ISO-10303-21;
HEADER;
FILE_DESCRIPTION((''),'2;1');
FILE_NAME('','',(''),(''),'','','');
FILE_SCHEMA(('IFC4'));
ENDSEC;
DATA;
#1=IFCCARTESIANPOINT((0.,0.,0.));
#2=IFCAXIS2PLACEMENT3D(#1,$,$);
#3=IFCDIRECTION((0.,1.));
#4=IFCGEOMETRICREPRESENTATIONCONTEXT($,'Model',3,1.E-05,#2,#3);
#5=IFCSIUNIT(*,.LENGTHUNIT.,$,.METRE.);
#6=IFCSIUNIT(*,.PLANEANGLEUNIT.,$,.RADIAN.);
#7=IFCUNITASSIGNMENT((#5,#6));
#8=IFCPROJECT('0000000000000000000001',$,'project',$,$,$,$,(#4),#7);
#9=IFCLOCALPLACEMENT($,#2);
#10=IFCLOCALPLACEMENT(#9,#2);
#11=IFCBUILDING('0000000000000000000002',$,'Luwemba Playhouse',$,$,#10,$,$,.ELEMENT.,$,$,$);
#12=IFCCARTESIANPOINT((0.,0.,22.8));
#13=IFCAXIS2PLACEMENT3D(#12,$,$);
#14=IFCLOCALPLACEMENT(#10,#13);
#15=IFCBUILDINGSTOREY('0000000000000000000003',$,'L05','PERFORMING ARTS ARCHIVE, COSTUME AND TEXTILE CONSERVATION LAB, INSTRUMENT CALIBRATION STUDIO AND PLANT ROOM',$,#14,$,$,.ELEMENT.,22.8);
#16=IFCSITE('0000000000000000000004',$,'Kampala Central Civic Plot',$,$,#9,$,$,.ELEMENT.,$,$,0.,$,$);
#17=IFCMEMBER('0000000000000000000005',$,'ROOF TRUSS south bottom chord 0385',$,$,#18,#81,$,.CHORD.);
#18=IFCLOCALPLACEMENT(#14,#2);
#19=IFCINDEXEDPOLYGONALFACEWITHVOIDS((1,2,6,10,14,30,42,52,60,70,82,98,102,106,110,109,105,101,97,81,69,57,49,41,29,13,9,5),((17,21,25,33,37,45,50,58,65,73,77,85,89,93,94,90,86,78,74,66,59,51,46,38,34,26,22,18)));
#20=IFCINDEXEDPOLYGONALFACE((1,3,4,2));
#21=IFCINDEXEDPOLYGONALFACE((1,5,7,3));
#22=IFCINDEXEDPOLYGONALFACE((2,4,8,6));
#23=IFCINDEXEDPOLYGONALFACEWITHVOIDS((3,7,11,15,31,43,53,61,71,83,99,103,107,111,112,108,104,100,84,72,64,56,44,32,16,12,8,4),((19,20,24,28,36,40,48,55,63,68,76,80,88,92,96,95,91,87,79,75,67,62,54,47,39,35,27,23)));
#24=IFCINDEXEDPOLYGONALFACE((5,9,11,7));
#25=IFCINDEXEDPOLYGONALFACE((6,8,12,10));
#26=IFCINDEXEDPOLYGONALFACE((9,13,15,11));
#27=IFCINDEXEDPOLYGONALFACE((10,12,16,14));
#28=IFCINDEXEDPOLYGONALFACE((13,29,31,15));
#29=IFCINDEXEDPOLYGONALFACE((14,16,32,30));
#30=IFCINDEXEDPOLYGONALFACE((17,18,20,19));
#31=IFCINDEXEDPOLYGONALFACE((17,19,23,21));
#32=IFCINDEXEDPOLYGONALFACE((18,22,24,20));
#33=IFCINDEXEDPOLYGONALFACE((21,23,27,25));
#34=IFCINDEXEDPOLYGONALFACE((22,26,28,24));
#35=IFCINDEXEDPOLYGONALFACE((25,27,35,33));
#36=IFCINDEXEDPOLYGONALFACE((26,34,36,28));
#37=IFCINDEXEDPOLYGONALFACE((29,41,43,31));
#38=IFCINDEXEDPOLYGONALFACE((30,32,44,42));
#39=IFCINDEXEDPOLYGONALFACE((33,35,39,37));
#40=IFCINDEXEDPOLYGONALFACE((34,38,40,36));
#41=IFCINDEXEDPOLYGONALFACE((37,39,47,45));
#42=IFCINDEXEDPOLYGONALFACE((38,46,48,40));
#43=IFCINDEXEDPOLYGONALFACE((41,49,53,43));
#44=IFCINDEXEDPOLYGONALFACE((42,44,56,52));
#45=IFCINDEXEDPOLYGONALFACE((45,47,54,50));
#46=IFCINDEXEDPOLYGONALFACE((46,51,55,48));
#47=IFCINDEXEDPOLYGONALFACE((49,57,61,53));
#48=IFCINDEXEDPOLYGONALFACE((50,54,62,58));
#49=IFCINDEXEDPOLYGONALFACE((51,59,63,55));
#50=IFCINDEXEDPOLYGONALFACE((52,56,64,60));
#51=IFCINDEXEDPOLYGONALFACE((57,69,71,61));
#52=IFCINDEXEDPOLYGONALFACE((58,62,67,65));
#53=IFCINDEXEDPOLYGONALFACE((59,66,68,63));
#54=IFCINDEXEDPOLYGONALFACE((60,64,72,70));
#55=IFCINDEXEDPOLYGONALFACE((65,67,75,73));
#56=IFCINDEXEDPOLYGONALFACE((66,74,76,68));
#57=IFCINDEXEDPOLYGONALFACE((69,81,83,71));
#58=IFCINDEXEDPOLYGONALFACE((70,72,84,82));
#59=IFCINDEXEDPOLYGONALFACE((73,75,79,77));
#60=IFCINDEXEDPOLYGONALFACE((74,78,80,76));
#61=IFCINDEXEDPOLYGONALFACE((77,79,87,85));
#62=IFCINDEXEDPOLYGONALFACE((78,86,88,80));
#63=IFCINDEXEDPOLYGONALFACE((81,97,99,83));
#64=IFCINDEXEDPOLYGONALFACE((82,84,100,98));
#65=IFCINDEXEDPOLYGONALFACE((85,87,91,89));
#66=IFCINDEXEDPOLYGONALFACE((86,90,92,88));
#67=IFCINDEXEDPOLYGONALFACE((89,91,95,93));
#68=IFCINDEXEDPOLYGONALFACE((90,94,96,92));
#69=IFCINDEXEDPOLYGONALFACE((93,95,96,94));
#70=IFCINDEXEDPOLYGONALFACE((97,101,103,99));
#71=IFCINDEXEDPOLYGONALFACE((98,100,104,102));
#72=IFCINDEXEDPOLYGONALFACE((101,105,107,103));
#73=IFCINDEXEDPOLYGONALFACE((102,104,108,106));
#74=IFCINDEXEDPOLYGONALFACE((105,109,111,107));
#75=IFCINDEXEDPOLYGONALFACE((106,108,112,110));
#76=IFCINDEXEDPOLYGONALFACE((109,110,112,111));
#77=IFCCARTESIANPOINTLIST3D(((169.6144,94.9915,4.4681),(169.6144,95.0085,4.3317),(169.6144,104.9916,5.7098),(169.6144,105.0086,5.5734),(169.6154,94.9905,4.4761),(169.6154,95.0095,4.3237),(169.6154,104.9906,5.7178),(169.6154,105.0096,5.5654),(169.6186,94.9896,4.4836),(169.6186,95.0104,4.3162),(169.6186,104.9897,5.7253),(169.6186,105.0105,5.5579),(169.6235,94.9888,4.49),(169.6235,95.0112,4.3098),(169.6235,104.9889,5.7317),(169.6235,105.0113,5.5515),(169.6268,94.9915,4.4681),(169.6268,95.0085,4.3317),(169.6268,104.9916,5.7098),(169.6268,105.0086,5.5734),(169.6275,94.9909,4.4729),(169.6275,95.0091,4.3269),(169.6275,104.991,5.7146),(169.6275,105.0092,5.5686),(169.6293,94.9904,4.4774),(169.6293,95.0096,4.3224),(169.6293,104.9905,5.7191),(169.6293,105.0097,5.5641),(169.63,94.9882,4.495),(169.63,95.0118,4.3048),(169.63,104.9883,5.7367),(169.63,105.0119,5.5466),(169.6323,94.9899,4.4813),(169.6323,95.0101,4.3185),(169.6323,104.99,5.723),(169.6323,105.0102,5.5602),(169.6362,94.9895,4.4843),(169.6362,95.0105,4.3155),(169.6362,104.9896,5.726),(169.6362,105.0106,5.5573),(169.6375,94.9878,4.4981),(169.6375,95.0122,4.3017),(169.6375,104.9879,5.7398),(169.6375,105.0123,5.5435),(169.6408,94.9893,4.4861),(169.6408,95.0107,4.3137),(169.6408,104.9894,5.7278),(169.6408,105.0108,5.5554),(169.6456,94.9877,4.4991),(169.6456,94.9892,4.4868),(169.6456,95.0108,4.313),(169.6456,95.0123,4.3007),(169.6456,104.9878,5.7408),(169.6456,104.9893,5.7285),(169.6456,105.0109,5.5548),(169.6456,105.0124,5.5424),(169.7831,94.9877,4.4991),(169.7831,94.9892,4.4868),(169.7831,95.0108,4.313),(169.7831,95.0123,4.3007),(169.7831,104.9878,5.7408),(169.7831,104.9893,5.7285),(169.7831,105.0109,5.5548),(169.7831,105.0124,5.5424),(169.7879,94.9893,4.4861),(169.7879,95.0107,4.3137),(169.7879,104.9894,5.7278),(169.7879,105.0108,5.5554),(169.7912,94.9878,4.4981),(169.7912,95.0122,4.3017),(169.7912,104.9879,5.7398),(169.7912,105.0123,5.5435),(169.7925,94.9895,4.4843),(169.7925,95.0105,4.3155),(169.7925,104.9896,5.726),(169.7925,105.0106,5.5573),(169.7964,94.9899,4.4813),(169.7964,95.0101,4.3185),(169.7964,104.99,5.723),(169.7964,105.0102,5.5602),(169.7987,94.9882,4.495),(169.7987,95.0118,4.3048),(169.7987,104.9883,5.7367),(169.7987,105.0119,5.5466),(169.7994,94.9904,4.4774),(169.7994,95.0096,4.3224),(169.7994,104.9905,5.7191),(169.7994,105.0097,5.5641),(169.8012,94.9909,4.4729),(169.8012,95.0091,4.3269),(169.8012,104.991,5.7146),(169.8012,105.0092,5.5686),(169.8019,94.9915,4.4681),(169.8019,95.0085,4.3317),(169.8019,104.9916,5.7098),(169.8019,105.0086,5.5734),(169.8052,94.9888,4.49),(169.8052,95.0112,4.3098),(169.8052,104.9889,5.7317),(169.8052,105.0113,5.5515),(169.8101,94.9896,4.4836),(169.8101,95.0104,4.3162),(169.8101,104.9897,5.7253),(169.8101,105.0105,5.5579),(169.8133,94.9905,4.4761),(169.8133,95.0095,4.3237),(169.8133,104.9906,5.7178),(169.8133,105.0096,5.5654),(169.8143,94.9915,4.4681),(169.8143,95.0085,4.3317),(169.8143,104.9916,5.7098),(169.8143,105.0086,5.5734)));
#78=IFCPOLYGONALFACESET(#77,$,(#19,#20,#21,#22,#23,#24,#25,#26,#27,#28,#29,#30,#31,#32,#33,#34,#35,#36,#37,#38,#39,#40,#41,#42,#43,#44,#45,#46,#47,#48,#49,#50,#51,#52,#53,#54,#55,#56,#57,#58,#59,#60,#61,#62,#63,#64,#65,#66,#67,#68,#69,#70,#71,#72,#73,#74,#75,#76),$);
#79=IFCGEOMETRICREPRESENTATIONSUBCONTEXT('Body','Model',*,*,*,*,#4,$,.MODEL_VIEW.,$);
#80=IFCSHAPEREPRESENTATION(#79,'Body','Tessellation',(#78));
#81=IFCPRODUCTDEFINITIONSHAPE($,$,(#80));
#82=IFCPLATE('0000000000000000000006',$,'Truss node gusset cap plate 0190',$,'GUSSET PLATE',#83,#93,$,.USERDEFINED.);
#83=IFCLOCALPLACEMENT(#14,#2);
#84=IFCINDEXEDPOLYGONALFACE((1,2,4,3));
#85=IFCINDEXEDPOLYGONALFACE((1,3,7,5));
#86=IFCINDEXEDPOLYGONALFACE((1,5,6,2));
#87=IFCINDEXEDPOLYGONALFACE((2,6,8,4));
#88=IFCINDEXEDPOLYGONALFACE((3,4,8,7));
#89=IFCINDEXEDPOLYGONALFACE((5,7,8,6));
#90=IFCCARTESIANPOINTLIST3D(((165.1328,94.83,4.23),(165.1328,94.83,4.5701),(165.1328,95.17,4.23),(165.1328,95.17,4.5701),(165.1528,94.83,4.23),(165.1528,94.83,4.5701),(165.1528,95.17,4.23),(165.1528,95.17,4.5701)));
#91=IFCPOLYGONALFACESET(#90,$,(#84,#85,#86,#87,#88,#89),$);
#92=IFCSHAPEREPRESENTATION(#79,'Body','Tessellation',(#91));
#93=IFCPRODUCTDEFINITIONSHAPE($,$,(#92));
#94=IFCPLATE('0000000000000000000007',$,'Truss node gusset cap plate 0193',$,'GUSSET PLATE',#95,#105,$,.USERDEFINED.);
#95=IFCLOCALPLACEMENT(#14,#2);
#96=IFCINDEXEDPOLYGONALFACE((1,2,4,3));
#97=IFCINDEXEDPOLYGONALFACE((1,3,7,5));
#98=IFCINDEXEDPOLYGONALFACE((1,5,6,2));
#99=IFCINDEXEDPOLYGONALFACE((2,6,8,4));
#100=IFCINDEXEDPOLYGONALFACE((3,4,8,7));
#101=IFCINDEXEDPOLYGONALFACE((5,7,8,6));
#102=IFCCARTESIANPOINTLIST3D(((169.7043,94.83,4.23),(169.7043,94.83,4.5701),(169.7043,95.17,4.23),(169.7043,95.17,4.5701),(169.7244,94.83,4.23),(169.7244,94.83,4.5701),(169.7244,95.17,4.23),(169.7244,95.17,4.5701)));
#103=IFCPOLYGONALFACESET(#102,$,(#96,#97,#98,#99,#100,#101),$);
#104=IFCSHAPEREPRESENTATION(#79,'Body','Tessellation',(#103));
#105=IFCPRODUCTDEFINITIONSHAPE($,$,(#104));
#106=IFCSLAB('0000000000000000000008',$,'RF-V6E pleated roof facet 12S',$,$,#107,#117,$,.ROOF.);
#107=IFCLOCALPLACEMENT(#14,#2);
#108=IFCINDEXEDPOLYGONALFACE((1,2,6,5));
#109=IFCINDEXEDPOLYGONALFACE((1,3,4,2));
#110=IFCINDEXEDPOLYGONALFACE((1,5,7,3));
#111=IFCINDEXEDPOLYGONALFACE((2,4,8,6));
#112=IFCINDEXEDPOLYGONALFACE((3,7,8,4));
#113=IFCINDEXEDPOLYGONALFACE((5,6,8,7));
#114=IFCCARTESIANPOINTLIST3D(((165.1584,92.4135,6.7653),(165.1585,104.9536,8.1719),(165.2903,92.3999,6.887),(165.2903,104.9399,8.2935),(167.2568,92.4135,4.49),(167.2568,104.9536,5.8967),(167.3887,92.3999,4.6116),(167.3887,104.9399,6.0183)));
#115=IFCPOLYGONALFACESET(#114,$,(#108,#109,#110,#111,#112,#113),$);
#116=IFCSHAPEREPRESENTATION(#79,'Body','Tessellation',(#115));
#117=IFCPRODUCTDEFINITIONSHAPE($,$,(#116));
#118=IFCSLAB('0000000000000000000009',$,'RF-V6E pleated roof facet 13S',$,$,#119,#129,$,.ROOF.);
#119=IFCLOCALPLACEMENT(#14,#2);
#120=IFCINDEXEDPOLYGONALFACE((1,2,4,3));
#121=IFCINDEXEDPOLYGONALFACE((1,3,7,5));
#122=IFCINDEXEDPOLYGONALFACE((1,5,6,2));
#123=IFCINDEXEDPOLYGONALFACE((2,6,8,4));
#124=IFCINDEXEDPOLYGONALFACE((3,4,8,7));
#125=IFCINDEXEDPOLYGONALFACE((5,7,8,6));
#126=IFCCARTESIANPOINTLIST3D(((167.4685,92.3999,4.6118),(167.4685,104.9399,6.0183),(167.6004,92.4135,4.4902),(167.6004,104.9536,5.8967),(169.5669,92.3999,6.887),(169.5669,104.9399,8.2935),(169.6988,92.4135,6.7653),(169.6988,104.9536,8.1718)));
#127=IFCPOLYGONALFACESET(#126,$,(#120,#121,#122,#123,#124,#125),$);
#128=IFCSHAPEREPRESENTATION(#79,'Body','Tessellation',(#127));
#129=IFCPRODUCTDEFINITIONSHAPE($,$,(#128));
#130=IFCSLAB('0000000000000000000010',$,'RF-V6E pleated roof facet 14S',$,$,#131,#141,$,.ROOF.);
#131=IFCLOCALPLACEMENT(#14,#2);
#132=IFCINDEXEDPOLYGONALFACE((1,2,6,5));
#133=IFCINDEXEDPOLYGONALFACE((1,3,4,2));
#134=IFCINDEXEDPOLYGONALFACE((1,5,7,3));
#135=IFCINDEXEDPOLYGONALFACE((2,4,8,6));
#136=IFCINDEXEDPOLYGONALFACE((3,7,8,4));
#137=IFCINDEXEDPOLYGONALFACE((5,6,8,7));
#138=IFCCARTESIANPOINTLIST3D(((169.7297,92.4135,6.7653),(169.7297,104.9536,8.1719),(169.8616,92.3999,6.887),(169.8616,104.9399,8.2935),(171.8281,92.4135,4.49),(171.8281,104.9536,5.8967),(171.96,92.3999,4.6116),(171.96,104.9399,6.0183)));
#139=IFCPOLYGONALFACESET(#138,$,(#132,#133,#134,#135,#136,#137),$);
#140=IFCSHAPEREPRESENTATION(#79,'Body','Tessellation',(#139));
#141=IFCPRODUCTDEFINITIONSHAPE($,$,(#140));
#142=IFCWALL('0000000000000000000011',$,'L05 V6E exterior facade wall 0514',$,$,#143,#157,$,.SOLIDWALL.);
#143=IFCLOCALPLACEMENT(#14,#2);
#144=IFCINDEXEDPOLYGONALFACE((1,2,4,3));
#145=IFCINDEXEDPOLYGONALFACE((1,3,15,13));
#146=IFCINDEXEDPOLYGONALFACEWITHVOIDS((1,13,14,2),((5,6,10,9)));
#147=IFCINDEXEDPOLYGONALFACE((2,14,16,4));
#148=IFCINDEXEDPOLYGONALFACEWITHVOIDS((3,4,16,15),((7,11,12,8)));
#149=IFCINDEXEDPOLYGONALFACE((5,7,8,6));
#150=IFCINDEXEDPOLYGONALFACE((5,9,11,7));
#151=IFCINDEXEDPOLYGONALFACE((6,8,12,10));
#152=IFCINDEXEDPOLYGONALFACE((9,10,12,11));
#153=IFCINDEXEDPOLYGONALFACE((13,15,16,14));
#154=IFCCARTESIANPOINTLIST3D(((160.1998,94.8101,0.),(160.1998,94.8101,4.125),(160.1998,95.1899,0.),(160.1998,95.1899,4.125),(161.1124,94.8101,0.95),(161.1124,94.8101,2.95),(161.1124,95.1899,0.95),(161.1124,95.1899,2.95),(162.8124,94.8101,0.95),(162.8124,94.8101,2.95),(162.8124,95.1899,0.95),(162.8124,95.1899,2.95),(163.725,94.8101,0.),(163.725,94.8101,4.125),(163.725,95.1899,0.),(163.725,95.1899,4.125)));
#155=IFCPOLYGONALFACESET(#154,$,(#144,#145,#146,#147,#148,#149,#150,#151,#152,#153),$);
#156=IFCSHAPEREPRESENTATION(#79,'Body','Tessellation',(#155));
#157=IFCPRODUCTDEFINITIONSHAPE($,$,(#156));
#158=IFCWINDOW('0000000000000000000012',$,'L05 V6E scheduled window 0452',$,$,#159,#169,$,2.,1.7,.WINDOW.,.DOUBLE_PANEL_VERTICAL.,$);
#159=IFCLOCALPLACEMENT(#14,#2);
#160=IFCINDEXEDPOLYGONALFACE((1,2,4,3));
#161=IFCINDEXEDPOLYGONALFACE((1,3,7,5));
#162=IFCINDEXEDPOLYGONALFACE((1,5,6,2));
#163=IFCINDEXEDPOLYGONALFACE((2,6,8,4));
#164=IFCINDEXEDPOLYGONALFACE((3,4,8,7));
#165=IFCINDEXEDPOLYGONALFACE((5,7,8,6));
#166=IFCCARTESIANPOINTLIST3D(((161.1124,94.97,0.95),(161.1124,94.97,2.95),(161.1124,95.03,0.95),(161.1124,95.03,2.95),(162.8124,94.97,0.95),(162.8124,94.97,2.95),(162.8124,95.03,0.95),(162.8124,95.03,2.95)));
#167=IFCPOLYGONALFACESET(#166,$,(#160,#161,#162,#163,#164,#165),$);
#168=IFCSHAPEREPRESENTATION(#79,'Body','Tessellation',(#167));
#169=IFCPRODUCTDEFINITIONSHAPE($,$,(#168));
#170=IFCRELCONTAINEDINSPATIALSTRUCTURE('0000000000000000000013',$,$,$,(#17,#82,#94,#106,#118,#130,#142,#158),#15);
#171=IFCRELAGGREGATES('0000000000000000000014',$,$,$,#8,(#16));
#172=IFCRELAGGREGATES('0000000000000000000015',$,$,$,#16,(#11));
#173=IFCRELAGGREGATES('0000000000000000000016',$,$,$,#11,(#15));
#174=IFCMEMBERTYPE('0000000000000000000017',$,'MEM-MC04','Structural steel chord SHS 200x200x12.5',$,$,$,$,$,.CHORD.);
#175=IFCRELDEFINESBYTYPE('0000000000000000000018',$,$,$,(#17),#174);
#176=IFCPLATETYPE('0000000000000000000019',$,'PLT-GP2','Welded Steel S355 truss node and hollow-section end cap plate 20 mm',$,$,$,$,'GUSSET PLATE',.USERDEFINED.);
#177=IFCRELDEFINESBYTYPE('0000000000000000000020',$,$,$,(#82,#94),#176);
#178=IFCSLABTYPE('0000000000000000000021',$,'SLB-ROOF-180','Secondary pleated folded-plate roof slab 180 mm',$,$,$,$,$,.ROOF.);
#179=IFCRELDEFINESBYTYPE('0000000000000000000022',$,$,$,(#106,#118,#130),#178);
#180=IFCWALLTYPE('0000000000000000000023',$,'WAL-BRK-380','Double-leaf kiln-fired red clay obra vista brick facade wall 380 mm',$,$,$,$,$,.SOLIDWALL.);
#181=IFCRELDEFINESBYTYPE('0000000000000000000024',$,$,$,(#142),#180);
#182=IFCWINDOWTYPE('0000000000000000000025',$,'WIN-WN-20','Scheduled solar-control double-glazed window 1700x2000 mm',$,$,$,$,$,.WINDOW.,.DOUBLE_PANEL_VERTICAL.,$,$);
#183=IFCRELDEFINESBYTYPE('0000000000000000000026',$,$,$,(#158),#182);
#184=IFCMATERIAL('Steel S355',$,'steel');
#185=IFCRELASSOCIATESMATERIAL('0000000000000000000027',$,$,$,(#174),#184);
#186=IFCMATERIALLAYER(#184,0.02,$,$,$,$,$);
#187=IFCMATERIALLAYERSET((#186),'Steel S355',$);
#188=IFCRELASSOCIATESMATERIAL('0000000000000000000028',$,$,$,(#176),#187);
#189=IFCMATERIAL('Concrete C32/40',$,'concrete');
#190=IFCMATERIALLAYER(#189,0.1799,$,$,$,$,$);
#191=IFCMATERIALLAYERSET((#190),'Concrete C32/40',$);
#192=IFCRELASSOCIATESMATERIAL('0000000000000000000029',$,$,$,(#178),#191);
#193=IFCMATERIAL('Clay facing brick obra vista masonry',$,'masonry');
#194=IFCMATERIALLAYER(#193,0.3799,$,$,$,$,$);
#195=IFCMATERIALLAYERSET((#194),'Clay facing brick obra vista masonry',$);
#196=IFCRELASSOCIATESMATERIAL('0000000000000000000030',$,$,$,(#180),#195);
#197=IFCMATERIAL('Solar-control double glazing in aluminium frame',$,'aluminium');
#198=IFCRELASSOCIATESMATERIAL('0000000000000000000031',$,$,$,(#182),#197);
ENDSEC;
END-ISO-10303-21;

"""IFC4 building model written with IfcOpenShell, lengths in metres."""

from ifc_helpers import new_model, si_unit, direction, frame, frame_2d, origin, origin_2d, place, context, subcontext, project, spatial, polyline, rectangle, hollow_rectangle, outline, extrude, material, layer, layer_set, material_profile, profile_set, type_object, element, fill, save


model = new_model("IFC4")

# Units and contexts
model_context = context("Model", 3, precision=1e-05, world=origin(), true_north=direction((0.0, 1.0)))
body_context = subcontext(model_context, "Body", "Model", "MODEL_VIEW")
ifc_project = project(units=[si_unit("LENGTHUNIT", "METRE"), si_unit("PLANEANGLEUNIT", "RADIAN")], contexts=[model_context])

# Site, building, storey
site_placement = place(None, origin())
site = spatial("IfcSite", under=ifc_project, at=site_placement, Name="Kampala Central Civic Plot", CompositionType="ELEMENT", RefElevation=0.0)
building_placement = place(site_placement, origin())
building = spatial("IfcBuilding", under=site, at=building_placement, Name="Luwemba Playhouse", CompositionType="ELEMENT")
storey_placement = place(building_placement, frame((0.0, 0.0, 22.8)))
storey = spatial("IfcBuildingStorey", under=building, at=storey_placement, Name="L05", Description="PERFORMING ARTS ARCHIVE, COSTUME AND TEXTILE CONSERVATION LAB, INSTRUMENT CALIBRATION STUDIO AND PLANT ROOM", CompositionType="ELEMENT", Elevation=22.8)

# Shared definitions
ifc_material_1 = material(Name="Steel S355", Category="steel")

# Member
ifc_material_profile_1 = material_profile(ifc_material_1, hollow_rectangle(XDim=0.2, YDim=0.2, WallThickness=0.0125, InnerFilletRadius=0.0188, OuterFilletRadius=0.0312, at=origin_2d()))
ifc_profile_set_1 = profile_set([ifc_material_profile_1], Name="Steel S355")
member_type_1 = type_object("IfcMemberType", Name="MEM-MC04", Description="Structural steel chord SHS 200x200x12.5", PredefinedType="CHORD", material=ifc_profile_set_1)
member_1_placement = place(storey_placement, frame((169.7144, 95.0, 4.3999), z_axis=(0.0, 0.992379, 0.123224), x_axis=(-1.0, 0.0, 0.0)))
element("IfcMember", 1, at=member_1_placement, inside=storey, type_object=member_type_1, Name="ROOF TRUSS south bottom chord 0385", PredefinedType="CHORD", context=body_context, shape_type="SweptSolid", body=[
    extrude(hollow_rectangle(XDim=0.2, YDim=0.2, WallThickness=0.0125, InnerFilletRadius=0.0188, OuterFilletRadius=0.0312, at=origin_2d()), origin(), (0.0, 0.0, 1.0), 10.0769),
])

# Plates
ifc_layer_1 = layer(ifc_material_1, 0.02)
ifc_layer_set_1 = layer_set([ifc_layer_1], Name="Steel S355")
plate_type = type_object("IfcPlateType", Name="PLT-GP2", Description="Welded Steel S355 truss node and hollow-section end cap plate 20 mm", ElementType="GUSSET PLATE", PredefinedType="USERDEFINED", material=ifc_layer_set_1)
for number, where, z_axis, x_axis, name in (
    (2, (165.1428, 95.0, 4.23), (0.0, 0.0, 1.0), (1.0, 0.0, 0.0), "Truss node gusset cap plate 0190"),
    (3, (169.7144, 95.0, 4.23), (0.0, 0.0, 1.0), (1.0, 0.0, 0.0), "Truss node gusset cap plate 0193"),
):
    element("IfcPlate", number, at=place(storey_placement, frame(where, z_axis=z_axis, x_axis=x_axis)), inside=storey, type_object=plate_type, Name=name, ObjectType="GUSSET PLATE", PredefinedType="USERDEFINED", context=body_context, shape_type="SweptSolid", body=[
        extrude(rectangle(XDim=0.02, YDim=0.3401, at=origin_2d()), origin(), (0.0, 0.0, 1.0), 0.3401),
    ])

# Slabs
ifc_material_2 = material(Name="Concrete C32/40", Category="concrete")
ifc_layer_2 = layer(ifc_material_2, 0.1799)
ifc_layer_set_2 = layer_set([ifc_layer_2], Name="Concrete C32/40")
slab_type = type_object("IfcSlabType", Name="SLB-ROOF-180", Description="Secondary pleated folded-plate roof slab 180 mm", PredefinedType="ROOF", material=ifc_layer_set_2)
slab_1_placement = place(storey_placement, frame((165.2903, 92.3999, 6.887), z_axis=(0.732986, -0.075827, 0.676004), x_axis=(0.677956, -0.000002, -0.735103)))
element("IfcSlab", 4, at=slab_1_placement, inside=storey, type_object=slab_type, Name="RF-V6E pleated roof facet 12S", PredefinedType="ROOF", context=body_context, shape_type="SweptSolid", body=[
    extrude(outline(polyline([(0.0, 0.0), (3.0953, 0.0), (2.0611, 12.5763), (-1.0339, 12.5762), (0.0, 0.0)])), origin(), (0.0, 0.0, -1.0), 0.1799),
])
slab_2_placement = place(storey_placement, frame((167.4685, 92.3999, 4.6118), z_axis=(-0.732969, -0.075823, 0.676024), x_axis=(0.677975, 0.0, 0.735085)))
element("IfcSlab", 5, at=slab_2_placement, inside=storey, type_object=slab_type, Name="RF-V6E pleated roof facet 13S", PredefinedType="ROOF", context=body_context, shape_type="SweptSolid", body=[
    extrude(outline(polyline([(0.0, 0.0), (3.0951, 0.0), (4.129, 12.5762), (1.0339, 12.5762), (0.0, 0.0)])), origin(), (0.0, 0.0, -1.0), 0.1799),
])
slab_3_placement = place(storey_placement, frame((169.8616, 92.3999, 6.887), z_axis=(0.732986, -0.075827, 0.676004), x_axis=(0.677956, -0.000002, -0.735103)))
element("IfcSlab", 6, at=slab_3_placement, inside=storey, type_object=slab_type, Name="RF-V6E pleated roof facet 14S", PredefinedType="ROOF", context=body_context, shape_type="SweptSolid", body=[
    extrude(outline(polyline([(0.0, 0.0), (3.0953, 0.0), (2.0611, 12.5763), (-1.0339, 12.5762), (0.0, 0.0)])), origin(), (0.0, 0.0, -1.0), 0.1799),
])

# Wall, opening, window
ifc_material_3 = material(Name="Clay facing brick obra vista masonry", Category="masonry")
ifc_layer_3 = layer(ifc_material_3, 0.3799)
ifc_layer_set_3 = layer_set([ifc_layer_3], Name="Clay facing brick obra vista masonry")
wall_type_1 = type_object("IfcWallType", Name="WAL-BRK-380", Description="Double-leaf kiln-fired red clay obra vista brick facade wall 380 mm", PredefinedType="SOLIDWALL", material=ifc_layer_set_3)
wall_1_placement = place(storey_placement, frame((163.7251, 95.0, 0.0), z_axis=(0.0, 0.0, 1.0), x_axis=(-1.0, 0.0, 0.0)))
wall_1 = element("IfcWall", 7, at=wall_1_placement, inside=storey, type_object=wall_type_1, Name="L05 V6E exterior facade wall 0514", PredefinedType="SOLIDWALL", context=body_context, shape_type="SweptSolid", body=[
    extrude(rectangle(XDim=3.5251, YDim=0.3799, at=frame_2d((1.7627, 0.0))), origin(), (0.0, 0.0, 1.0), 4.125),
])
opening_1_placement = place(wall_1_placement, frame((0.9126, 0.0, 0.95)))
opening_1 = element("IfcOpeningElement", 8, at=opening_1_placement, cuts=wall_1, PredefinedType="OPENING", context=body_context, shape_type="SweptSolid", body=[
    extrude(rectangle(XDim=1.7, YDim=2.0, at=frame_2d((0.8501, 1.0))), frame((0.0, 0.2, 0.0), z_axis=(0.0, -1.0, 0.0), x_axis=(1.0, 0.0, 0.0)), (0.0, 0.0, 1.0), 0.3999),
])
ifc_material_4 = material(Name="Solar-control double glazing in aluminium frame", Category="aluminium")
window_type_1 = type_object("IfcWindowType", Name="WIN-WN-20", Description="Scheduled solar-control double-glazed window 1700x2000 mm", PartitioningType="DOUBLE_PANEL_VERTICAL", PredefinedType="WINDOW", material=ifc_material_4)
window_1_placement = place(opening_1_placement, origin())
window_1 = element("IfcWindow", 9, at=window_1_placement, inside=storey, type_object=window_type_1, Name="L05 V6E scheduled window 0452", OverallHeight=2.0, OverallWidth=1.7, PartitioningType="DOUBLE_PANEL_VERTICAL", PredefinedType="WINDOW", context=body_context, shape_type="SweptSolid", body=[
    extrude(rectangle(XDim=1.7, YDim=2.0, at=frame_2d((0.8501, 1.0))), frame((0.0, 0.03, 0.0), z_axis=(0.0, -1.0, 0.0), x_axis=(1.0, 0.0, 0.0)), (0.0, 0.0, 1.0), 0.0601),
])
fill(opening_1, window_1)

save(model, "model.ifc")
